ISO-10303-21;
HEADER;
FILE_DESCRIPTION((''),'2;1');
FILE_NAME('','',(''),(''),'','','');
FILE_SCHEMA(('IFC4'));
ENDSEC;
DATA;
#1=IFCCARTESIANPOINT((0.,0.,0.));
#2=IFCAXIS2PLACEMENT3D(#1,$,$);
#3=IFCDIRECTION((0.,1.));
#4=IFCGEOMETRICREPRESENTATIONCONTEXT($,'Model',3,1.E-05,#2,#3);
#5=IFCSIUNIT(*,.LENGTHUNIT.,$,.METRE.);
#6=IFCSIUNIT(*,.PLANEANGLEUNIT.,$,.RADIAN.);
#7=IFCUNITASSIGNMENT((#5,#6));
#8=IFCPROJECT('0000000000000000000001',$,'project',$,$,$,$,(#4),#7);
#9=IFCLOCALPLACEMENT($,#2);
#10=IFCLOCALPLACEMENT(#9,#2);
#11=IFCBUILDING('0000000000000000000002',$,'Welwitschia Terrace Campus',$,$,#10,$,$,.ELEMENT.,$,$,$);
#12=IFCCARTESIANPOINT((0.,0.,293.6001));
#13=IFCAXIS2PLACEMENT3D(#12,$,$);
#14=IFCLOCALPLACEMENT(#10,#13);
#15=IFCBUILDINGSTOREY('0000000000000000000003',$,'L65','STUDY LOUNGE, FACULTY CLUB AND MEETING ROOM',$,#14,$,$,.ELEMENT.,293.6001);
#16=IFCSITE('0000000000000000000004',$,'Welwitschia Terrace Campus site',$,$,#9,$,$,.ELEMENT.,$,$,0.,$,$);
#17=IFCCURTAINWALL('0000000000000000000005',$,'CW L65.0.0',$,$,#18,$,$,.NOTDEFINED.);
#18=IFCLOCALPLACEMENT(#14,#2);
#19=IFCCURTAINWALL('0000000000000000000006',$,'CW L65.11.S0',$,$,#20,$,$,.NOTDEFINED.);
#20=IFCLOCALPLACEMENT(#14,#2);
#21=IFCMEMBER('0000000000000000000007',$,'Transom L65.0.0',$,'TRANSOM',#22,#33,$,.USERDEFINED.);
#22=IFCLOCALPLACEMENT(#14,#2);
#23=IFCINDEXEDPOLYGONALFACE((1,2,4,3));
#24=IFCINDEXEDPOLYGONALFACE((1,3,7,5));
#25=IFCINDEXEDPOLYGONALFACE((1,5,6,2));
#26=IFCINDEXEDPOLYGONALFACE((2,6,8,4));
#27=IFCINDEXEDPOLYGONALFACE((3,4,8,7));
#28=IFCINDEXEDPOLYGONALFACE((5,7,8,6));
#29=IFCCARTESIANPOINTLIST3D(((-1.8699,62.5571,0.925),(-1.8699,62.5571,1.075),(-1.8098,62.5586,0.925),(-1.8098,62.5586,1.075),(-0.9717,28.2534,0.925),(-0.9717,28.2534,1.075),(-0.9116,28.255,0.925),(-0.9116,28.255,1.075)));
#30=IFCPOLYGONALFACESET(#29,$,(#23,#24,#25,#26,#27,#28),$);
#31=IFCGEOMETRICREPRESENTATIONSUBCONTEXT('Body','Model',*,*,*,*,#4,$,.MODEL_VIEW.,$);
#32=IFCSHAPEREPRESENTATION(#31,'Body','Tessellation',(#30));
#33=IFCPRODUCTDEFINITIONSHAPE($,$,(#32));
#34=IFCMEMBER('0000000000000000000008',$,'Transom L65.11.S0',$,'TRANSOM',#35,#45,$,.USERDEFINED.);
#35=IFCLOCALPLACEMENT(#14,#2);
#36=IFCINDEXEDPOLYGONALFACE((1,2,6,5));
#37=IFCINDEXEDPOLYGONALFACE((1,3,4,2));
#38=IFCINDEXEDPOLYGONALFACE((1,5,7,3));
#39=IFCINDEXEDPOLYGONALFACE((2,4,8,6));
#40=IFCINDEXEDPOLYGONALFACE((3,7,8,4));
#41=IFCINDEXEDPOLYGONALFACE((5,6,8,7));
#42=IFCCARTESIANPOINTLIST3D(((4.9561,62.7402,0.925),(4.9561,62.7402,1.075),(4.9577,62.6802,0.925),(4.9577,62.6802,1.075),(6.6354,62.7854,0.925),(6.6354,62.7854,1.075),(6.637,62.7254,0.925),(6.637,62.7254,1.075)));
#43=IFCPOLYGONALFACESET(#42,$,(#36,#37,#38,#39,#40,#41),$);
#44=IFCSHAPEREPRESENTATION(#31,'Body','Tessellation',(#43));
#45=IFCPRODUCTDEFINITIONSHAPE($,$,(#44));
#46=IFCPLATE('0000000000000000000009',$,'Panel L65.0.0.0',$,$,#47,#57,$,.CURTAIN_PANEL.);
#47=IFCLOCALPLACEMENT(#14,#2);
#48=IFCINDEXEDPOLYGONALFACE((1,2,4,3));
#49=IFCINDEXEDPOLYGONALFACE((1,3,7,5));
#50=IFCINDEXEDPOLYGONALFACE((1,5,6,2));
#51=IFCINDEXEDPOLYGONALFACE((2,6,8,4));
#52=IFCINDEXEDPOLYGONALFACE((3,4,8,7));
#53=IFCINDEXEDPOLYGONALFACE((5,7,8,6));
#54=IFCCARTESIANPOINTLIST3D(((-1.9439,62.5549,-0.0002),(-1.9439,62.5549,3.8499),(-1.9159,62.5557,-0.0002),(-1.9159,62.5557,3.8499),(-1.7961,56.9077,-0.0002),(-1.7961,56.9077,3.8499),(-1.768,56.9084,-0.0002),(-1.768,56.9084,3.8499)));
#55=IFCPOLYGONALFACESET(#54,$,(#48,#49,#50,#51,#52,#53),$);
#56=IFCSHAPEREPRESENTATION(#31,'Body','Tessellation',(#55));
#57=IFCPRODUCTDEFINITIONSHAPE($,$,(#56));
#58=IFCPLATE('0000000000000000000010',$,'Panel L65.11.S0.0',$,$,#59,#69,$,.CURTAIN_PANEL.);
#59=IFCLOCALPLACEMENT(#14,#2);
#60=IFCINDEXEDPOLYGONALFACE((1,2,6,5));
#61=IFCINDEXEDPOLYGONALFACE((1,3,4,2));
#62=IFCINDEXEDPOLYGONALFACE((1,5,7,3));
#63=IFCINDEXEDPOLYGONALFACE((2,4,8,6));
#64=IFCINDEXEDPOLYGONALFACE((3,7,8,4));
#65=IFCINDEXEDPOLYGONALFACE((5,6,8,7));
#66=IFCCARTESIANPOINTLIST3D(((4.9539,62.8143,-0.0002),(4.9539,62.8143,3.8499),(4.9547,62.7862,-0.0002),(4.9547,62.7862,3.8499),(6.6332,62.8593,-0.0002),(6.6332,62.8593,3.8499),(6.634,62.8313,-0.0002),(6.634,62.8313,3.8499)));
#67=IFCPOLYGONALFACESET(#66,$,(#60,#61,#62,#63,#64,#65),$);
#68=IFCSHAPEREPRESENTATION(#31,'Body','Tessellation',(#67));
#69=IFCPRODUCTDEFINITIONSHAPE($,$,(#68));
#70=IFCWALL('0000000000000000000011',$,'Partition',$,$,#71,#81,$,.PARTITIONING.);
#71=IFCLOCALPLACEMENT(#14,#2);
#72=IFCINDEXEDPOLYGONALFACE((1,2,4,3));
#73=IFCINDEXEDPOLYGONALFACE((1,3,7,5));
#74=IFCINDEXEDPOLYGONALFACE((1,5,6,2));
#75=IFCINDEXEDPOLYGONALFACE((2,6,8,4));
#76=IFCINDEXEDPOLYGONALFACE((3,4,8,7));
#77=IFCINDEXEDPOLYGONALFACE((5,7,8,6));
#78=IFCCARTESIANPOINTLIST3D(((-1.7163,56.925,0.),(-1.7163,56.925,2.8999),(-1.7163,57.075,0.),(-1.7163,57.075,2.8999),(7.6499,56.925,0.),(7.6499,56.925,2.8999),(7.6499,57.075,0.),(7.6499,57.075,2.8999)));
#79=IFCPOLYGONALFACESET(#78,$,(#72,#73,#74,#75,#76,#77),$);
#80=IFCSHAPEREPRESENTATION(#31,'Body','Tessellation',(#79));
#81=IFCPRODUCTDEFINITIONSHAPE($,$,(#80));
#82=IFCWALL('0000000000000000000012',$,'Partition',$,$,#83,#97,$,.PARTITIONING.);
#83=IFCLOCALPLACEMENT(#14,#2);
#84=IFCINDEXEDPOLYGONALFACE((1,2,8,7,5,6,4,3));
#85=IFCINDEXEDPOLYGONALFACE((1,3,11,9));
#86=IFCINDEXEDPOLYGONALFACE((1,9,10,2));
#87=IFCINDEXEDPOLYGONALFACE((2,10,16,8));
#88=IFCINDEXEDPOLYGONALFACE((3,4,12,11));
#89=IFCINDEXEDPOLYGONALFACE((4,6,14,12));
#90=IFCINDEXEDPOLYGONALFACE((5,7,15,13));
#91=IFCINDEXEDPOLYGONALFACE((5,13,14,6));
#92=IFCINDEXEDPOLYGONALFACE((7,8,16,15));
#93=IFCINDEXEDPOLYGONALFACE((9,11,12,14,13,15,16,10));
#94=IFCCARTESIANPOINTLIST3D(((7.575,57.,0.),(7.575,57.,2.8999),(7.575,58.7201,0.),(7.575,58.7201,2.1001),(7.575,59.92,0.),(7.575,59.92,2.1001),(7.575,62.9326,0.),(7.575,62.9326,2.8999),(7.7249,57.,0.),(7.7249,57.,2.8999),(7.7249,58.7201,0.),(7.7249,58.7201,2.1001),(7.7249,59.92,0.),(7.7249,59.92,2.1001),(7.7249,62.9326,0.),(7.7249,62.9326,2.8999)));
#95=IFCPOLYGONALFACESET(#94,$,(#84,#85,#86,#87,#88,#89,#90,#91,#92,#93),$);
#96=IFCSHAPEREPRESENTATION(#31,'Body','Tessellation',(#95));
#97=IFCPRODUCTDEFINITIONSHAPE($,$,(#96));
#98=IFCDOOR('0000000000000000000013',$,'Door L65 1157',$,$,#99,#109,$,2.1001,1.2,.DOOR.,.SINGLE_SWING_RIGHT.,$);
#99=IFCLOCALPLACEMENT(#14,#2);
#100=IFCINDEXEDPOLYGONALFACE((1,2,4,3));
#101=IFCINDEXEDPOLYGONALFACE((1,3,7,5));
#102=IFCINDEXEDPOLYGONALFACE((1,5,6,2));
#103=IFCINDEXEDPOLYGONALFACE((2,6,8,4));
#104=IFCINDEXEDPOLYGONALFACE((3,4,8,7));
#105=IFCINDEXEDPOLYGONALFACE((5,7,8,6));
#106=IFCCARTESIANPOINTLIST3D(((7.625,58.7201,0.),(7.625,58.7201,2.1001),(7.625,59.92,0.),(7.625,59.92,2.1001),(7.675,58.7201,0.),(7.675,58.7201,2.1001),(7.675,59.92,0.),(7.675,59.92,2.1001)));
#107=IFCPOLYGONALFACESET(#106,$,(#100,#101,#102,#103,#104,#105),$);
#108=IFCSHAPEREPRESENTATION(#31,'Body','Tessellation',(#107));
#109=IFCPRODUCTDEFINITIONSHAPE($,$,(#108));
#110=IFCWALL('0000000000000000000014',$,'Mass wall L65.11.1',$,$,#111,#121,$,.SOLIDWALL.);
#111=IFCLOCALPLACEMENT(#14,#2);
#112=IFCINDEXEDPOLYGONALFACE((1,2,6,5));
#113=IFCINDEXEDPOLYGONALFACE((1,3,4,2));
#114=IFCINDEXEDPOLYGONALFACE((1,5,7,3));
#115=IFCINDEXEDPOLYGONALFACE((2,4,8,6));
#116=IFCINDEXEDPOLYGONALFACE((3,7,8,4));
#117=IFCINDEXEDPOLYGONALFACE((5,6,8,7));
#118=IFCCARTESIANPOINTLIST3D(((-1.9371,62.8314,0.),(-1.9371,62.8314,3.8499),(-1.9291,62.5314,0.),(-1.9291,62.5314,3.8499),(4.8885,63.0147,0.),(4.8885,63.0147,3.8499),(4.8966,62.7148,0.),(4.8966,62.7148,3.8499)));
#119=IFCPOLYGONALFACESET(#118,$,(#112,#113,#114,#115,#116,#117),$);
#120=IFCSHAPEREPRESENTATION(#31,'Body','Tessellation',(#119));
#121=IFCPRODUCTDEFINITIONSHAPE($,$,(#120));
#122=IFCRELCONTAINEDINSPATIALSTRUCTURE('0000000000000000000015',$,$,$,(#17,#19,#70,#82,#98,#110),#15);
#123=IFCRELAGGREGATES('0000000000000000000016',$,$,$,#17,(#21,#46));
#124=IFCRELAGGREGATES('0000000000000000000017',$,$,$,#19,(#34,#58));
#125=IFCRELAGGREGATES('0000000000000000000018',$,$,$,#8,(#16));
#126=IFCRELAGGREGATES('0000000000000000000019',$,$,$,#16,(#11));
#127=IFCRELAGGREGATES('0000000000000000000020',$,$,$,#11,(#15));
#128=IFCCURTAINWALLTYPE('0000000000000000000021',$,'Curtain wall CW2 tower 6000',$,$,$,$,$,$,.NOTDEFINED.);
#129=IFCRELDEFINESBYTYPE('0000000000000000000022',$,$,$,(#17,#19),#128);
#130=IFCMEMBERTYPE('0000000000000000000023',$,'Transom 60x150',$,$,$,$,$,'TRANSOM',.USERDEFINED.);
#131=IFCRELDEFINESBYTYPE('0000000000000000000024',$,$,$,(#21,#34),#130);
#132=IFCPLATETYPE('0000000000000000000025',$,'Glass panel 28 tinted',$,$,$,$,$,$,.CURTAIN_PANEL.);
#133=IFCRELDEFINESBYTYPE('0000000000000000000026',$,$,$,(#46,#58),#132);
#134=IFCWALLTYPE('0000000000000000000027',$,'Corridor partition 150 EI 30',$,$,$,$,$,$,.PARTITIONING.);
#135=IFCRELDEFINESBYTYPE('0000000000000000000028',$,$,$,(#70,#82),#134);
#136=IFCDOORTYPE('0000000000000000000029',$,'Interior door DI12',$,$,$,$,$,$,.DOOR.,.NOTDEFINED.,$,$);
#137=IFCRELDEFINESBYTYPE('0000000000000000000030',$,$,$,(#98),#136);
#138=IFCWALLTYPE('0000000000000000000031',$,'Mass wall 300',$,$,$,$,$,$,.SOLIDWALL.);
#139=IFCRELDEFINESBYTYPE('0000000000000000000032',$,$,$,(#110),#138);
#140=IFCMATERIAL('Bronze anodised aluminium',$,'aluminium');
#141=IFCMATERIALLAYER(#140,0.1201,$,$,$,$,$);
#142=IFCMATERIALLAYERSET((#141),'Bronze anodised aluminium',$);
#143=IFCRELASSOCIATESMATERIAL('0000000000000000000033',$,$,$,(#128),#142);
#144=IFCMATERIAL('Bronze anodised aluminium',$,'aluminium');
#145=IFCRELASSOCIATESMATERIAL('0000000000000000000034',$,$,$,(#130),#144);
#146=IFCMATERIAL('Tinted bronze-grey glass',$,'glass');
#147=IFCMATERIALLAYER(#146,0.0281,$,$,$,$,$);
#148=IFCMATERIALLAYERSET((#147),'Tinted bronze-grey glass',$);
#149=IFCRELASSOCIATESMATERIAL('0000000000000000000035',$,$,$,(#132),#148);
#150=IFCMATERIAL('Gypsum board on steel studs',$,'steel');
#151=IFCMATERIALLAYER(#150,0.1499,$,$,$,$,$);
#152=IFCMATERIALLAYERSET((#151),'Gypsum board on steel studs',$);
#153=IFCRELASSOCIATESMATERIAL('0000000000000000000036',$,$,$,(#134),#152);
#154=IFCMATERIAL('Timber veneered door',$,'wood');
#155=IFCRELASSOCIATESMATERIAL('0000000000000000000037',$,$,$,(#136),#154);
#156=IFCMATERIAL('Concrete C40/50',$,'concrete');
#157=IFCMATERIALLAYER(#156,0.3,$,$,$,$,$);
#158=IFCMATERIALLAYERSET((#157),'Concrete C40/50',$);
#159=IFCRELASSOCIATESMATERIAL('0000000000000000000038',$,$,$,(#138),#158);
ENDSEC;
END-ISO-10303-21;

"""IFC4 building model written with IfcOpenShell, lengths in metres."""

from ifc_helpers import new_model, si_unit, direction, frame, frame_2d, origin, origin_2d, place, context, subcontext, project, spatial, rectangle, extrude, material, layer, layer_set, material_profile, profile_set, type_object, element, fill, aggregate, save


model = new_model("IFC4")

# Units and contexts
model_context = context("Model", 3, precision=1e-05, world=origin(), true_north=direction((0.0, 1.0)))
body_context = subcontext(model_context, "Body", "Model", "MODEL_VIEW")
ifc_project = project(units=[si_unit("LENGTHUNIT", "METRE"), si_unit("PLANEANGLEUNIT", "RADIAN")], contexts=[model_context])

# Site, building, storey
site_placement = place(None, origin())
site = spatial("IfcSite", under=ifc_project, at=site_placement, Name="Welwitschia Terrace Campus site", CompositionType="ELEMENT", RefElevation=0.0)
building_placement = place(site_placement, origin())
building = spatial("IfcBuilding", under=site, at=building_placement, Name="Welwitschia Terrace Campus", CompositionType="ELEMENT")
storey_placement = place(building_placement, frame((0.0, 0.0, 293.6001)))
storey = spatial("IfcBuildingStorey", under=building, at=storey_placement, Name="L65", Description="STUDY LOUNGE, FACULTY CLUB AND MEETING ROOM", CompositionType="ELEMENT", Elevation=293.6001)

# Curtain walls
ifc_material_1 = material(Name="Bronze anodised aluminium", Category="aluminium")
ifc_layer_1 = layer(ifc_material_1, 0.1201)
ifc_layer_set_1 = layer_set([ifc_layer_1], Name="Bronze anodised aluminium")
curtain_wall_type = type_object("IfcCurtainWallType", Name="Curtain wall CW2 tower 6000", PredefinedType="NOTDEFINED", material=ifc_layer_set_1)
curtain_wall_1_placement = place(storey_placement, origin())
curtain_wall_1 = element("IfcCurtainWall", 1, at=curtain_wall_1_placement, inside=storey, type_object=curtain_wall_type, Name="CW L65.0.0", PredefinedType="NOTDEFINED")
curtain_wall_2_placement = place(storey_placement, origin())
curtain_wall_2 = element("IfcCurtainWall", 2, at=curtain_wall_2_placement, inside=storey, type_object=curtain_wall_type, Name="CW L65.11.S0", PredefinedType="NOTDEFINED")

# Members
ifc_material_2 = material(Name="Bronze anodised aluminium", Category="aluminium")
ifc_material_profile_1 = material_profile(ifc_material_2, rectangle(XDim=0.0601, YDim=0.1499, at=origin_2d()))
ifc_profile_set_1 = profile_set([ifc_material_profile_1], Name="Bronze anodised aluminium")
member_type_1 = type_object("IfcMemberType", Name="Transom 60x150", ElementType="TRANSOM", PredefinedType="USERDEFINED", material=ifc_profile_set_1)
member_1_placement = place(storey_placement, frame((-1.8398, 62.5579, 1.0), z_axis=(0.026175, -0.999657, 0.0), x_axis=(0.999657, 0.026175, 0.0)))
member_1 = element("IfcMember", 3, at=member_1_placement, type_object=member_type_1, Name="Transom L65.0.0", ObjectType="TRANSOM", PredefinedType="USERDEFINED", context=body_context, shape_type="SweptSolid", body=[
    extrude(rectangle(XDim=0.0601, YDim=0.1499, at=origin_2d()), origin(), (0.0, 0.0, 1.0), 34.3154),
])
member_2_placement = place(storey_placement, frame((6.6362, 62.7554, 1.0), z_axis=(-0.999639, -0.026884, 0.0), x_axis=(0.026884, -0.999639, 0.0)))
member_2 = element("IfcMember", 4, at=member_2_placement, type_object=member_type_1, Name="Transom L65.11.S0", ObjectType="TRANSOM", PredefinedType="USERDEFINED", context=body_context, shape_type="SweptSolid", body=[
    extrude(rectangle(XDim=0.0601, YDim=0.1499, at=origin_2d()), origin(), (0.0, 0.0, 1.0), 1.6799),
])

# Plates
ifc_material_3 = material(Name="Tinted bronze-grey glass", Category="glass")
ifc_layer_2 = layer(ifc_material_3, 0.0281)
ifc_layer_set_2 = layer_set([ifc_layer_2], Name="Tinted bronze-grey glass")
plate_type = type_object("IfcPlateType", Name="Glass panel 28 tinted", PredefinedType="CURTAIN_PANEL", material=ifc_layer_set_2)
plate_1_placement = place(storey_placement, frame((-1.856, 59.7317, -0.0002), z_axis=(0.0, 0.0, 1.0), x_axis=(0.026177, -0.999657, 0.0)))
plate_1 = element("IfcPlate", 5, at=plate_1_placement, type_object=plate_type, Name="Panel L65.0.0.0", PredefinedType="CURTAIN_PANEL", context=body_context, shape_type="SweptSolid", body=[
    extrude(rectangle(XDim=5.6492, YDim=0.0281, at=origin_2d()), origin(), (0.0, 0.0, 1.0), 3.8501),
])
aggregate(curtain_wall_1, [member_1, plate_1])
plate_2_placement = place(storey_placement, frame((5.7939, 62.8228, -0.0002), z_axis=(0.0, 0.0, 1.0), x_axis=(-0.99964, -0.026824, 0.0)))
plate_2 = element("IfcPlate", 6, at=plate_2_placement, type_object=plate_type, Name="Panel L65.11.S0.0", PredefinedType="CURTAIN_PANEL", context=body_context, shape_type="SweptSolid", body=[
    extrude(rectangle(XDim=1.6799, YDim=0.0281, at=origin_2d()), origin(), (0.0, 0.0, 1.0), 3.8501),
])
aggregate(curtain_wall_2, [member_2, plate_2])

# Wall
ifc_material_4 = material(Name="Gypsum board on steel studs", Category="steel")
ifc_layer_3 = layer(ifc_material_4, 0.1499)
ifc_layer_set_3 = layer_set([ifc_layer_3], Name="Gypsum board on steel studs")
wall_type_1 = type_object("IfcWallType", Name="Corridor partition 150 EI 30", PredefinedType="PARTITIONING", material=ifc_layer_set_3)
wall_1_placement = place(storey_placement, frame((-1.7163, 57.0, 0.0), z_axis=(0.0, 0.0, 1.0), x_axis=(1.0, 0.0, 0.0)))
element("IfcWall", 7, at=wall_1_placement, inside=storey, type_object=wall_type_1, Name="Partition", PredefinedType="PARTITIONING", context=body_context, shape_type="SweptSolid", body=[
    extrude(rectangle(XDim=9.3662, YDim=0.1499, at=frame_2d((4.6831, 0.0))), origin(), (0.0, 0.0, 1.0), 2.8999),
])

# Wall, opening, door
wall_2_placement = place(storey_placement, frame((7.6499, 57.0, 0.0), z_axis=(0.0, 0.0, 1.0), x_axis=(0.0, 1.0, 0.0)))
wall_2 = element("IfcWall", 8, at=wall_2_placement, inside=storey, type_object=wall_type_1, Name="Partition", PredefinedType="PARTITIONING", context=body_context, shape_type="SweptSolid", body=[
    extrude(rectangle(XDim=5.9326, YDim=0.1499, at=frame_2d((2.9663, 0.0))), origin(), (0.0, 0.0, 1.0), 2.8999),
])
opening_placement = place(wall_2_placement, frame((1.72, 0.0, 0.0)))
opening = element("IfcOpeningElement", 9, at=opening_placement, cuts=wall_2, PredefinedType="OPENING", context=body_context, shape_type="SweptSolid", body=[
    extrude(rectangle(XDim=1.2, YDim=2.1001, at=frame_2d((0.6001, 1.05))), frame((0.0, 0.085, 0.0), z_axis=(0.0, -1.0, 0.0), x_axis=(1.0, 0.0, 0.0)), (0.0, 0.0, 1.0), 0.1699),
])
ifc_material_5 = material(Name="Timber veneered door", Category="wood")
door_type = type_object("IfcDoorType", Name="Interior door DI12", OperationType="NOTDEFINED", PredefinedType="DOOR", material=ifc_material_5)
door_placement = place(opening_placement, origin())
door = element("IfcDoor", 10, at=door_placement, inside=storey, type_object=door_type, Name="Door L65 1157", OperationType="SINGLE_SWING_RIGHT", OverallHeight=2.1001, OverallWidth=1.2, PredefinedType="DOOR", context=body_context, shape_type="SweptSolid", body=[
    extrude(rectangle(XDim=1.2, YDim=2.1001, at=frame_2d((0.6001, 1.05))), frame((0.0, 0.0249, 0.0), z_axis=(0.0, -1.0, 0.0), x_axis=(1.0, 0.0, 0.0)), (0.0, 0.0, 1.0), 0.05),
])
fill(opening, door)

# Wall
ifc_material_6 = material(Name="Concrete C40/50", Category="concrete")
ifc_layer_4 = layer(ifc_material_6, 0.3)
ifc_layer_set_4 = layer_set([ifc_layer_4], Name="Concrete C40/50")
wall_type_2 = type_object("IfcWallType", Name="Mass wall 300", PredefinedType="SOLIDWALL", material=ifc_layer_set_4)
wall_3_placement = place(storey_placement, frame((4.8926, 62.8647, 0.0), z_axis=(0.0, 0.0, 1.0), x_axis=(-0.999639, -0.026852, 0.0)))
element("IfcWall", 11, at=wall_3_placement, inside=storey, type_object=wall_type_2, Name="Mass wall L65.11.1", PredefinedType="SOLIDWALL", context=body_context, shape_type="SweptSolid", body=[
    extrude(rectangle(XDim=6.8281, YDim=0.3, at=frame_2d((3.4141, 0.0))), origin(), (0.0, 0.0, 1.0), 3.8499),
])

save(model, "model.ifc")
